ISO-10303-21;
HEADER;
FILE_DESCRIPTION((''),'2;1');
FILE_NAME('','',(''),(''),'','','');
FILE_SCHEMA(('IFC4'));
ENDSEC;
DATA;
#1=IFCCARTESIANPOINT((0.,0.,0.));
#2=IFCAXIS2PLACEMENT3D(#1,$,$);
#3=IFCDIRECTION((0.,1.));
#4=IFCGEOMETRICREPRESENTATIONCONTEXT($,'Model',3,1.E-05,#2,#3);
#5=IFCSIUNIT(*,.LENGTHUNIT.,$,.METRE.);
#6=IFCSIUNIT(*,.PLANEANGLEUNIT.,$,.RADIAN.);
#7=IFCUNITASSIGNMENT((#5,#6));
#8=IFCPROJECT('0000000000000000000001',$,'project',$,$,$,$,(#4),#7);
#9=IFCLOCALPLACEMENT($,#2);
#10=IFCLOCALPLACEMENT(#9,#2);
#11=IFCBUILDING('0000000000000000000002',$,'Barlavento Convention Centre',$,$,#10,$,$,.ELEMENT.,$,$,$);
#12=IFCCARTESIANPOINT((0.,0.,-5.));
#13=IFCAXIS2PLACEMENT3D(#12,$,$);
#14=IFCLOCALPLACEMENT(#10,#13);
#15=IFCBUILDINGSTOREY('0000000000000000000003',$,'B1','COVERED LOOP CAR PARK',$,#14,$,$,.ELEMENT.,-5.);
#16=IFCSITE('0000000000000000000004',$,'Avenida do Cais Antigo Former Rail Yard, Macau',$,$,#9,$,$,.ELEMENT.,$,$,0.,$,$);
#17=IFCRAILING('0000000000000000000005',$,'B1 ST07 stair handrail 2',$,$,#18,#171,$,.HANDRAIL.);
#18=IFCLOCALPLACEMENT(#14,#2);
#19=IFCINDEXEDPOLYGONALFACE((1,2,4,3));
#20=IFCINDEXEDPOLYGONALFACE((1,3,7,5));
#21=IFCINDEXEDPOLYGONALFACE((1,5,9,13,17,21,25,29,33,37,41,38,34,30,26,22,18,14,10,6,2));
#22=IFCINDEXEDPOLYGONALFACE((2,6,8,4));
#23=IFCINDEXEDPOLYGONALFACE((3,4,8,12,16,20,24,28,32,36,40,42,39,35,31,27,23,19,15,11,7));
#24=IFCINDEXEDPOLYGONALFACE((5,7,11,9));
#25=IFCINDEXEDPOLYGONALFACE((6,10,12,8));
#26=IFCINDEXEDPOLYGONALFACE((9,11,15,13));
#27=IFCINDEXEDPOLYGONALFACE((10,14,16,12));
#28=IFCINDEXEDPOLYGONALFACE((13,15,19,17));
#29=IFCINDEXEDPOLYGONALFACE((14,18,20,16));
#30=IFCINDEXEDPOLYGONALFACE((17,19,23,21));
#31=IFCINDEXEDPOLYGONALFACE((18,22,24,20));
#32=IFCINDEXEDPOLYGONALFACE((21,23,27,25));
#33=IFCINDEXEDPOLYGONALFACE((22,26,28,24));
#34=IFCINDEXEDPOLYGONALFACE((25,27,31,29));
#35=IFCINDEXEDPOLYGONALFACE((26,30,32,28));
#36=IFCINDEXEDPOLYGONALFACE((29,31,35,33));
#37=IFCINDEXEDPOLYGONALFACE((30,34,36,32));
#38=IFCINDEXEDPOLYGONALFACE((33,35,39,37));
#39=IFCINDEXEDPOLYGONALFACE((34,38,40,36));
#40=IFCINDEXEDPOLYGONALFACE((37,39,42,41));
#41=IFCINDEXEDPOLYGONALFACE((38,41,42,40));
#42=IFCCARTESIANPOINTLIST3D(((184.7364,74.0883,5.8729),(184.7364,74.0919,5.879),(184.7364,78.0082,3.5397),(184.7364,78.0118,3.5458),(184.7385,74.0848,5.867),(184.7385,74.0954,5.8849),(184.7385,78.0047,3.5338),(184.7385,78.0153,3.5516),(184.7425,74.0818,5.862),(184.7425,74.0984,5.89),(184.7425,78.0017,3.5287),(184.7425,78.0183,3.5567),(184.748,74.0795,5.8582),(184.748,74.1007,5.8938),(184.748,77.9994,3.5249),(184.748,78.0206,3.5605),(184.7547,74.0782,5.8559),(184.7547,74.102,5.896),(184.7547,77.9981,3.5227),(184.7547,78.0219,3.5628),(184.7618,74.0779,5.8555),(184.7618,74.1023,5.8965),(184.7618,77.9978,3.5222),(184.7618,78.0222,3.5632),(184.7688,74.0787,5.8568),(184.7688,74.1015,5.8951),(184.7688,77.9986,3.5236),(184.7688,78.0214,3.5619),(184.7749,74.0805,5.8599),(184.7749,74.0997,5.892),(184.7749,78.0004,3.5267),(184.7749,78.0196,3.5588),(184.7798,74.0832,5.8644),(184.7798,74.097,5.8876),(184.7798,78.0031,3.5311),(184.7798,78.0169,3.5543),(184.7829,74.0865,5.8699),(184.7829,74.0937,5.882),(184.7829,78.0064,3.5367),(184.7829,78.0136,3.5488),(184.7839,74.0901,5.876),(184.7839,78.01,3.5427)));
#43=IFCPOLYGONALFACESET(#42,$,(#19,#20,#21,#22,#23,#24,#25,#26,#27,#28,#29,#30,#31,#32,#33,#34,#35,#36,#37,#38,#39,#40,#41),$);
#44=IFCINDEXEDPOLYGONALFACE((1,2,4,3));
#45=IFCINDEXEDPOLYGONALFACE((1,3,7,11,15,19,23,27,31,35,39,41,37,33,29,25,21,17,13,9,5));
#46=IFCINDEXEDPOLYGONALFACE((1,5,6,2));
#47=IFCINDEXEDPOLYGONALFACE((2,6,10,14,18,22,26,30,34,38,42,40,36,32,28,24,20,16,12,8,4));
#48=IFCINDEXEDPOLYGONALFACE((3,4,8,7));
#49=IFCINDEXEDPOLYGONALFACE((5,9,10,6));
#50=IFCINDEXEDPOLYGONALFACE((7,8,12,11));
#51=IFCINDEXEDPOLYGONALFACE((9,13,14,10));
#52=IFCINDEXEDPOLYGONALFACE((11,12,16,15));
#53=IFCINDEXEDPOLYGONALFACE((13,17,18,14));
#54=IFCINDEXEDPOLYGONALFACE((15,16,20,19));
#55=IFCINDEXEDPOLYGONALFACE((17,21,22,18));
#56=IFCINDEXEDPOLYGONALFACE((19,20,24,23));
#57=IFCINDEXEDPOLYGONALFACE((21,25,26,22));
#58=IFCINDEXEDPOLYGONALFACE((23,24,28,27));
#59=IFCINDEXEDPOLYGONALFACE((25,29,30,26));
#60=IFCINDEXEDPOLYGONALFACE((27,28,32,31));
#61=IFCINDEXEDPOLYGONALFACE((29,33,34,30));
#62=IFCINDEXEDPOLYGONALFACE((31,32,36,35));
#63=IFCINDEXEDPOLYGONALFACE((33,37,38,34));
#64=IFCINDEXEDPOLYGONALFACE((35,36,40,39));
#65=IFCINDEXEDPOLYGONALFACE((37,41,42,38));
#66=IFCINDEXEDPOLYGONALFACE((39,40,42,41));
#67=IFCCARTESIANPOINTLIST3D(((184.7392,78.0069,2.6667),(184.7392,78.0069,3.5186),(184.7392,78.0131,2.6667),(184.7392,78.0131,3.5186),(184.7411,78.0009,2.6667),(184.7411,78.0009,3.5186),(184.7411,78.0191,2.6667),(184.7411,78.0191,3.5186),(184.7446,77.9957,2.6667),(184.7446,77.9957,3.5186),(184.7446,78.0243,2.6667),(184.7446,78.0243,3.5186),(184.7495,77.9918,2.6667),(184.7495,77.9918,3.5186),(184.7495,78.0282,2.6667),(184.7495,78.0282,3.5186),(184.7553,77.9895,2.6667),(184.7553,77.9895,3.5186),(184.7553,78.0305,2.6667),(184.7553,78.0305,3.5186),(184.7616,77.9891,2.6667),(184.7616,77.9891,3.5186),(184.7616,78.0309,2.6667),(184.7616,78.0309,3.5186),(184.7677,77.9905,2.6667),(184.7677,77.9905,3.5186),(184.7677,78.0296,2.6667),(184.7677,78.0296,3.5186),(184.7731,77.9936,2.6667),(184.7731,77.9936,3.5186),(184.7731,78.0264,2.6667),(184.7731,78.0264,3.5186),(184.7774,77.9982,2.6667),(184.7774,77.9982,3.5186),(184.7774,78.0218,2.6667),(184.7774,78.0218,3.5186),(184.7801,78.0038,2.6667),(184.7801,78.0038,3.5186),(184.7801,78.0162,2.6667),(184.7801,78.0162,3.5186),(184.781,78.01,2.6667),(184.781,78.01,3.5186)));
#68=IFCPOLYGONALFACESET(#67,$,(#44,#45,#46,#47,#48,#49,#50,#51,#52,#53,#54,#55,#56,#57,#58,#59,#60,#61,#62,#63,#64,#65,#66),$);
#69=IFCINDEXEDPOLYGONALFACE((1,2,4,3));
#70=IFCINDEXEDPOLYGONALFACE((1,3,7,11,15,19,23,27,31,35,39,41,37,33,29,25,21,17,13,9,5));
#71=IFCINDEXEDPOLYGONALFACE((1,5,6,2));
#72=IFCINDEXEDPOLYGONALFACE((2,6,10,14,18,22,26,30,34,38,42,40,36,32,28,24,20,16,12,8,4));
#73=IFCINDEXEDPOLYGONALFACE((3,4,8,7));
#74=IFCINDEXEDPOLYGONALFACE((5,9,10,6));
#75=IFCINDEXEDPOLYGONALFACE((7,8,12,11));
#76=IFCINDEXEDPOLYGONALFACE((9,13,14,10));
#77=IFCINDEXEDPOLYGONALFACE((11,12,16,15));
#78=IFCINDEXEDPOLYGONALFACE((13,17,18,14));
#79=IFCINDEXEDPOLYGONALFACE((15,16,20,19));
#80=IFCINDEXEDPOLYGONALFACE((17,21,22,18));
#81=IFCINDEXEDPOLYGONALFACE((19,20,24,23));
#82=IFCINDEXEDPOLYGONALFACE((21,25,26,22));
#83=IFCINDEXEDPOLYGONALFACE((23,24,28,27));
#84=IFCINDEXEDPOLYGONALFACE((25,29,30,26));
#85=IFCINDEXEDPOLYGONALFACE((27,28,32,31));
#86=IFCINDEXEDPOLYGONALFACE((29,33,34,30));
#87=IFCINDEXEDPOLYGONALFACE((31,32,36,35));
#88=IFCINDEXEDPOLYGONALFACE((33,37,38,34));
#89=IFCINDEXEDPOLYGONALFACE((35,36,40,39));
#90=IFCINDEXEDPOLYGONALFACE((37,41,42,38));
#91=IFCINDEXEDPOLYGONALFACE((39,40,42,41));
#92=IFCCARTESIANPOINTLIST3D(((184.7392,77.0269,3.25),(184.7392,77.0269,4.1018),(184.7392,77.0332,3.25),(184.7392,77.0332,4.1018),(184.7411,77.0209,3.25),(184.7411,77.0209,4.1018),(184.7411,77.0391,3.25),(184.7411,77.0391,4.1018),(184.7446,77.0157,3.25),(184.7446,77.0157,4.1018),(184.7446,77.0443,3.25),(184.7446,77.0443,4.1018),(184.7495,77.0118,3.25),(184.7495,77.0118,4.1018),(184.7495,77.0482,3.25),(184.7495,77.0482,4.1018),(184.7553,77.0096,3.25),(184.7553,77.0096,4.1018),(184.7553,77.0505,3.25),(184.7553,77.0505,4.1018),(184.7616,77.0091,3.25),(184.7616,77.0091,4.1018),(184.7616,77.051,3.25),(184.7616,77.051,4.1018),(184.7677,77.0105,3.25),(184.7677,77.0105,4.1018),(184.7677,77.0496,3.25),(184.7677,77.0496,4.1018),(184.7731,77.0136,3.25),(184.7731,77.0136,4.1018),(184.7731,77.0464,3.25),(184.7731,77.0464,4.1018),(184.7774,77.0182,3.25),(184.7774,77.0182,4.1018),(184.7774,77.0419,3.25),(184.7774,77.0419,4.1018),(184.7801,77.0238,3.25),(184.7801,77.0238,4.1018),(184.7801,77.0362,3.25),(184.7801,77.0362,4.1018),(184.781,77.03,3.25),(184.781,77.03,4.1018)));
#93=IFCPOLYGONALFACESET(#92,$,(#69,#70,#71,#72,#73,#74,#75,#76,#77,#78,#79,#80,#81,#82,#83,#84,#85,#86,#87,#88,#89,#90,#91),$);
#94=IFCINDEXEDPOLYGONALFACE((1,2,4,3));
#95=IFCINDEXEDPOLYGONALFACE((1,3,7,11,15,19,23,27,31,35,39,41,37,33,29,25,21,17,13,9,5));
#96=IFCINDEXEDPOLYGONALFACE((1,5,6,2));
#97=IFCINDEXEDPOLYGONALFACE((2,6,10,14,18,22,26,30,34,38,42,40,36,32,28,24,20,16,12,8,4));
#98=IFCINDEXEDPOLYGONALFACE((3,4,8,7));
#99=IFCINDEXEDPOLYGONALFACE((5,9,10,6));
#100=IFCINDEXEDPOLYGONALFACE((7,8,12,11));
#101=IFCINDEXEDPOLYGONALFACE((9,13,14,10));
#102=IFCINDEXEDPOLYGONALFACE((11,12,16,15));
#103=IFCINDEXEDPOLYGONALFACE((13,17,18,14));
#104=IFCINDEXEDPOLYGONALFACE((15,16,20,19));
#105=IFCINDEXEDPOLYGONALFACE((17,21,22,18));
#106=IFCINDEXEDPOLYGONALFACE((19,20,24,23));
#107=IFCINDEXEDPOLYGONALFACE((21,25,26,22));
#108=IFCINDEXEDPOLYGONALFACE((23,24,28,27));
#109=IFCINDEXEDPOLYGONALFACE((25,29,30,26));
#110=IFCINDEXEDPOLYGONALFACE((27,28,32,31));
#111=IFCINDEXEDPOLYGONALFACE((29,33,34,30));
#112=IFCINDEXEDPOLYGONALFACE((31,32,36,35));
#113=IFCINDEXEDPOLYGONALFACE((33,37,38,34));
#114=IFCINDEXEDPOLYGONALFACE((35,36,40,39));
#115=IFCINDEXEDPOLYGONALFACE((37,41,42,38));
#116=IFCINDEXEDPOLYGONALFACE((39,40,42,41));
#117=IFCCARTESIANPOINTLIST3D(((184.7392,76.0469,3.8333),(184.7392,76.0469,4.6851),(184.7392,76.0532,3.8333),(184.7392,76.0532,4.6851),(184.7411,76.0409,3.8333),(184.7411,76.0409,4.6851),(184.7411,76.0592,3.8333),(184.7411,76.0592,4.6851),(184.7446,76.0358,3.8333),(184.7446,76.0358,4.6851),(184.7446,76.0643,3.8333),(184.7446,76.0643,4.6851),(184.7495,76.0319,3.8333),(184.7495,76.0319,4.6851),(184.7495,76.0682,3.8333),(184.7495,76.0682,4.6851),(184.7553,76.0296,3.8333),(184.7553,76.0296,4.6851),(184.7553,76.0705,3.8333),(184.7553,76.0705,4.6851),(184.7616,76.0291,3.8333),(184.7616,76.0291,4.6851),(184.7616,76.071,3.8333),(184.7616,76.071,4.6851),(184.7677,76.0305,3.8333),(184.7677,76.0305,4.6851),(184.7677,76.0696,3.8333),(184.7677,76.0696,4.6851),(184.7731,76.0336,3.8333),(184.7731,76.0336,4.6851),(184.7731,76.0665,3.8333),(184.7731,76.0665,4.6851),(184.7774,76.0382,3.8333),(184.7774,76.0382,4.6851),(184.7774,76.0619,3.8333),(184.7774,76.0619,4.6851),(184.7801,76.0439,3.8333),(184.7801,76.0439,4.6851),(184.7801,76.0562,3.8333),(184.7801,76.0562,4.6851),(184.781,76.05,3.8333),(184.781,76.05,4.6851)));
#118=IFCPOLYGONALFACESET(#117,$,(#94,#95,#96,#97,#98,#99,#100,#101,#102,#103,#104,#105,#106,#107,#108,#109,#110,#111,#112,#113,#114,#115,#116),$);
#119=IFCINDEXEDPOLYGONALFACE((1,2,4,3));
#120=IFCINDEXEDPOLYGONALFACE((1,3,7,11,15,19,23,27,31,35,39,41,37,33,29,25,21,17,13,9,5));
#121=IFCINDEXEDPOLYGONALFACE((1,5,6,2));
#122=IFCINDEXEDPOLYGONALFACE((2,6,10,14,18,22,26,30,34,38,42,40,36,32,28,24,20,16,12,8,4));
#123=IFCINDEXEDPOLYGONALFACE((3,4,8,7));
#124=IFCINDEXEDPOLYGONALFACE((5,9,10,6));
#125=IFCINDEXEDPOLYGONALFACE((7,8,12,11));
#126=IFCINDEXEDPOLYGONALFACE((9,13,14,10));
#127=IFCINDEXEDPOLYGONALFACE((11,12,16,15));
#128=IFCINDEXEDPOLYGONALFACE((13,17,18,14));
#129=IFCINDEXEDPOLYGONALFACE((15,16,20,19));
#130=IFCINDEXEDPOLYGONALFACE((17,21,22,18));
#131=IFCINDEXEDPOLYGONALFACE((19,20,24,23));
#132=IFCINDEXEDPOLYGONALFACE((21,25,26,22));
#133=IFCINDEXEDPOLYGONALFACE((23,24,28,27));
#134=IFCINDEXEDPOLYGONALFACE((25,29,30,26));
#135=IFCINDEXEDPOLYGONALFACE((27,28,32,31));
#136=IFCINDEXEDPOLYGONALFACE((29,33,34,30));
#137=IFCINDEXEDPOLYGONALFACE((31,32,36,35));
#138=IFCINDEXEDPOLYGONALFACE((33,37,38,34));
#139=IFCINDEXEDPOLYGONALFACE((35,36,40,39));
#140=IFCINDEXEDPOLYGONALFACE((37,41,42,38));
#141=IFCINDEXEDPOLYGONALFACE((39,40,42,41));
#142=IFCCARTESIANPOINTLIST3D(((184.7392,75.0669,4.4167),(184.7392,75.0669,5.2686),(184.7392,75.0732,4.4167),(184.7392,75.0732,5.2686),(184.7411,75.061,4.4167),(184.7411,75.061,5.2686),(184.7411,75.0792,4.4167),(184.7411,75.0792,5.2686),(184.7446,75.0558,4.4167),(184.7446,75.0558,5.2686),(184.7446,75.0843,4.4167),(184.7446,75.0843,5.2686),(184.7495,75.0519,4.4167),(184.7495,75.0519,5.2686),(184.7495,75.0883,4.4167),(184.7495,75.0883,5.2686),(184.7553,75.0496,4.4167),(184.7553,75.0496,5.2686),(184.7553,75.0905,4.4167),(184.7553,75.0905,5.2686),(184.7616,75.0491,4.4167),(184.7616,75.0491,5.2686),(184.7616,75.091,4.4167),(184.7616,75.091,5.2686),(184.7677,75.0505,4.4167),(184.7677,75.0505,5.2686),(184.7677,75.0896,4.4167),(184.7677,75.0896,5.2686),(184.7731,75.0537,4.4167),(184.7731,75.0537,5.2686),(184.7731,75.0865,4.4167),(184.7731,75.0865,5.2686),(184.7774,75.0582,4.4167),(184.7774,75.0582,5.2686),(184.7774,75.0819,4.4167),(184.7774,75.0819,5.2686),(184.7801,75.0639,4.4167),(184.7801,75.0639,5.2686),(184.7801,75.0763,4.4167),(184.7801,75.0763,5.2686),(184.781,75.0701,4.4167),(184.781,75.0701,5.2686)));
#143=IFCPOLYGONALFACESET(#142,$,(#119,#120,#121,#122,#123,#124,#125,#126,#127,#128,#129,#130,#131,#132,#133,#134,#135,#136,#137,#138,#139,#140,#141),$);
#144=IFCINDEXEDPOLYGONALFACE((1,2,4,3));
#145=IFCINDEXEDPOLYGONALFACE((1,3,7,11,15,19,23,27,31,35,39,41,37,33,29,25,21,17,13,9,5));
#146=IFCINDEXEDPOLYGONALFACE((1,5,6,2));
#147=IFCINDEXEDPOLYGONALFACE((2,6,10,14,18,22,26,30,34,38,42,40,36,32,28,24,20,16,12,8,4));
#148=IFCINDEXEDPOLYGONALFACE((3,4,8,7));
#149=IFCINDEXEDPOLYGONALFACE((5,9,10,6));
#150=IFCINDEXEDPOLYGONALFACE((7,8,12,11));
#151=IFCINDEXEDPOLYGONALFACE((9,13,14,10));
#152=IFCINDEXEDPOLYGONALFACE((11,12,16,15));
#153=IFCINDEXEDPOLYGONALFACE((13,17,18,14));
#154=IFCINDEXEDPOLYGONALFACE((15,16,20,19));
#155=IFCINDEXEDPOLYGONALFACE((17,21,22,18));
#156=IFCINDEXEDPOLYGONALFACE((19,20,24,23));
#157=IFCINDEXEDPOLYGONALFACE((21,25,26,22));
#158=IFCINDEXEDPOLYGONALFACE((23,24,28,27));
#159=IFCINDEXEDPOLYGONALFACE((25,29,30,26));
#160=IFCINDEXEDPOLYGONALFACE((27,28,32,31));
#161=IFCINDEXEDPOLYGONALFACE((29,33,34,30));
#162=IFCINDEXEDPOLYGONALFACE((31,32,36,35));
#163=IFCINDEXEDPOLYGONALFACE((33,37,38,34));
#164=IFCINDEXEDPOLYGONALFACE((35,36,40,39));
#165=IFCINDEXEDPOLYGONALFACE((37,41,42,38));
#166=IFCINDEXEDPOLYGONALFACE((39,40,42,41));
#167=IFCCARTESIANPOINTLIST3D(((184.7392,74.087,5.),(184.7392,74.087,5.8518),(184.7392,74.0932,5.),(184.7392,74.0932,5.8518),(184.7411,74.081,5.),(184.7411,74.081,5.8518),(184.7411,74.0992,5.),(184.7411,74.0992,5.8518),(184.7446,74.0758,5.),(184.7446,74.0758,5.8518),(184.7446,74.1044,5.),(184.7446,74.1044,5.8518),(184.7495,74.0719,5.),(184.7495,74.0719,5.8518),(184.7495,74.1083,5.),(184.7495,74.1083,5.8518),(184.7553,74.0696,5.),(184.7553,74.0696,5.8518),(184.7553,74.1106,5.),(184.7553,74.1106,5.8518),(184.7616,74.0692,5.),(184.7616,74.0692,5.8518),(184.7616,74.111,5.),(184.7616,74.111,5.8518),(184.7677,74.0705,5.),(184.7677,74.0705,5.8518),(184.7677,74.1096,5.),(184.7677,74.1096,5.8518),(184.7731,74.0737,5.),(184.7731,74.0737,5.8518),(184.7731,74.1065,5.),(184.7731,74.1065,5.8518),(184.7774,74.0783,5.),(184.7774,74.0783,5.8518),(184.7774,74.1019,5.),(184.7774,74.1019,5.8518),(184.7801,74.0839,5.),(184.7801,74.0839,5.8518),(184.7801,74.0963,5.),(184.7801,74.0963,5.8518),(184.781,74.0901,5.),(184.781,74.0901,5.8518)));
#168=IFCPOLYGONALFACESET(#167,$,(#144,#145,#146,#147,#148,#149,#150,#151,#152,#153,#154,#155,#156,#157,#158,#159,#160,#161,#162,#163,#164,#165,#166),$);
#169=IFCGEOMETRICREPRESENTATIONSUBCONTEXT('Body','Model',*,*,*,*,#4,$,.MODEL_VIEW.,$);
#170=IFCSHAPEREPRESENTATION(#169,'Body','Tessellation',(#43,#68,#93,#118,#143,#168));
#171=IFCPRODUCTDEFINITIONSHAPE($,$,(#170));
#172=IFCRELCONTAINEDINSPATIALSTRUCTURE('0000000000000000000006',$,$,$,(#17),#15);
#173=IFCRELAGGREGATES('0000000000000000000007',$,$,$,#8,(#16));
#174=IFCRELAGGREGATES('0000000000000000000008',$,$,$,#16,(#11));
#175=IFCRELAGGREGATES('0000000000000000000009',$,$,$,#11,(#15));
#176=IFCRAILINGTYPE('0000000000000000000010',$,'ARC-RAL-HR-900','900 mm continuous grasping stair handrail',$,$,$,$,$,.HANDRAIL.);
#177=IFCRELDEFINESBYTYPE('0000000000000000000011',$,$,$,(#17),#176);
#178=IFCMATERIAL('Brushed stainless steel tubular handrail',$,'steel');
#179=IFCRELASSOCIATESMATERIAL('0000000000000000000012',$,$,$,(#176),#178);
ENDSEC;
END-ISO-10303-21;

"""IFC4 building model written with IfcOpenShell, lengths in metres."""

from ifc_helpers import new_model, si_unit, direction, frame, origin, origin_2d, place, context, subcontext, project, spatial, circle, extrude, material, type_object, element, save


model = new_model("IFC4")

# Units and contexts
model_context = context("Model", 3, precision=1e-05, world=origin(), true_north=direction((0.0, 1.0)))
body_context = subcontext(model_context, "Body", "Model", "MODEL_VIEW")
ifc_project = project(units=[si_unit("LENGTHUNIT", "METRE"), si_unit("PLANEANGLEUNIT", "RADIAN")], contexts=[model_context])

# Site, building, storey
site_placement = place(None, origin())
site = spatial("IfcSite", under=ifc_project, at=site_placement, Name="Avenida do Cais Antigo Former Rail Yard, Macau", CompositionType="ELEMENT", RefElevation=0.0)
building_placement = place(site_placement, origin())
building = spatial("IfcBuilding", under=site, at=building_placement, Name="Barlavento Convention Centre", CompositionType="ELEMENT")
storey_placement = place(building_placement, frame((0.0, 0.0, -5.0)))
storey = spatial("IfcBuildingStorey", under=building, at=storey_placement, Name="B1", Description="COVERED LOOP CAR PARK", CompositionType="ELEMENT", Elevation=-5.0)

# Railing
ifc_material_1 = material(Name="Brushed stainless steel tubular handrail", Category="steel")
railing_type_1 = type_object("IfcRailingType", Name="ARC-RAL-HR-900", Description="900 mm continuous grasping stair handrail", PredefinedType="HANDRAIL", material=ifc_material_1)
railing_1_placement = place(storey_placement, frame((184.76, 78.01, 2.6667)))
element("IfcRailing", 1, at=railing_1_placement, inside=storey, type_object=railing_type_1, Name="B1 ST07 stair handrail 2", PredefinedType="HANDRAIL", context=body_context, shape_type="SweptSolid", body=[
    extrude(circle(Radius=0.0239, at=origin_2d()), frame((0.0, 0.0, 0.876), z_axis=(0.0, -0.859296, 0.511478), x_axis=(1.0, 0.0, 0.0)), (0.0, 0.0, 1.0), 4.5618),
    extrude(circle(Radius=0.021, at=origin_2d()), origin(), (0.0, 0.0, 1.0), 0.8518),
    extrude(circle(Radius=0.021, at=origin_2d()), frame((0.0, -0.98, 0.5833)), (0.0, 0.0, 1.0), 0.8518),
    extrude(circle(Radius=0.021, at=origin_2d()), frame((0.0, -1.96, 1.1665)), (0.0, 0.0, 1.0), 0.8518),
    extrude(circle(Radius=0.021, at=origin_2d()), frame((0.0, -2.9399, 1.75)), (0.0, 0.0, 1.0), 0.8518),
    extrude(circle(Radius=0.021, at=origin_2d()), frame((0.0, -3.9199, 2.3333)), (0.0, 0.0, 1.0), 0.8518),
])

save(model, "model.ifc")
